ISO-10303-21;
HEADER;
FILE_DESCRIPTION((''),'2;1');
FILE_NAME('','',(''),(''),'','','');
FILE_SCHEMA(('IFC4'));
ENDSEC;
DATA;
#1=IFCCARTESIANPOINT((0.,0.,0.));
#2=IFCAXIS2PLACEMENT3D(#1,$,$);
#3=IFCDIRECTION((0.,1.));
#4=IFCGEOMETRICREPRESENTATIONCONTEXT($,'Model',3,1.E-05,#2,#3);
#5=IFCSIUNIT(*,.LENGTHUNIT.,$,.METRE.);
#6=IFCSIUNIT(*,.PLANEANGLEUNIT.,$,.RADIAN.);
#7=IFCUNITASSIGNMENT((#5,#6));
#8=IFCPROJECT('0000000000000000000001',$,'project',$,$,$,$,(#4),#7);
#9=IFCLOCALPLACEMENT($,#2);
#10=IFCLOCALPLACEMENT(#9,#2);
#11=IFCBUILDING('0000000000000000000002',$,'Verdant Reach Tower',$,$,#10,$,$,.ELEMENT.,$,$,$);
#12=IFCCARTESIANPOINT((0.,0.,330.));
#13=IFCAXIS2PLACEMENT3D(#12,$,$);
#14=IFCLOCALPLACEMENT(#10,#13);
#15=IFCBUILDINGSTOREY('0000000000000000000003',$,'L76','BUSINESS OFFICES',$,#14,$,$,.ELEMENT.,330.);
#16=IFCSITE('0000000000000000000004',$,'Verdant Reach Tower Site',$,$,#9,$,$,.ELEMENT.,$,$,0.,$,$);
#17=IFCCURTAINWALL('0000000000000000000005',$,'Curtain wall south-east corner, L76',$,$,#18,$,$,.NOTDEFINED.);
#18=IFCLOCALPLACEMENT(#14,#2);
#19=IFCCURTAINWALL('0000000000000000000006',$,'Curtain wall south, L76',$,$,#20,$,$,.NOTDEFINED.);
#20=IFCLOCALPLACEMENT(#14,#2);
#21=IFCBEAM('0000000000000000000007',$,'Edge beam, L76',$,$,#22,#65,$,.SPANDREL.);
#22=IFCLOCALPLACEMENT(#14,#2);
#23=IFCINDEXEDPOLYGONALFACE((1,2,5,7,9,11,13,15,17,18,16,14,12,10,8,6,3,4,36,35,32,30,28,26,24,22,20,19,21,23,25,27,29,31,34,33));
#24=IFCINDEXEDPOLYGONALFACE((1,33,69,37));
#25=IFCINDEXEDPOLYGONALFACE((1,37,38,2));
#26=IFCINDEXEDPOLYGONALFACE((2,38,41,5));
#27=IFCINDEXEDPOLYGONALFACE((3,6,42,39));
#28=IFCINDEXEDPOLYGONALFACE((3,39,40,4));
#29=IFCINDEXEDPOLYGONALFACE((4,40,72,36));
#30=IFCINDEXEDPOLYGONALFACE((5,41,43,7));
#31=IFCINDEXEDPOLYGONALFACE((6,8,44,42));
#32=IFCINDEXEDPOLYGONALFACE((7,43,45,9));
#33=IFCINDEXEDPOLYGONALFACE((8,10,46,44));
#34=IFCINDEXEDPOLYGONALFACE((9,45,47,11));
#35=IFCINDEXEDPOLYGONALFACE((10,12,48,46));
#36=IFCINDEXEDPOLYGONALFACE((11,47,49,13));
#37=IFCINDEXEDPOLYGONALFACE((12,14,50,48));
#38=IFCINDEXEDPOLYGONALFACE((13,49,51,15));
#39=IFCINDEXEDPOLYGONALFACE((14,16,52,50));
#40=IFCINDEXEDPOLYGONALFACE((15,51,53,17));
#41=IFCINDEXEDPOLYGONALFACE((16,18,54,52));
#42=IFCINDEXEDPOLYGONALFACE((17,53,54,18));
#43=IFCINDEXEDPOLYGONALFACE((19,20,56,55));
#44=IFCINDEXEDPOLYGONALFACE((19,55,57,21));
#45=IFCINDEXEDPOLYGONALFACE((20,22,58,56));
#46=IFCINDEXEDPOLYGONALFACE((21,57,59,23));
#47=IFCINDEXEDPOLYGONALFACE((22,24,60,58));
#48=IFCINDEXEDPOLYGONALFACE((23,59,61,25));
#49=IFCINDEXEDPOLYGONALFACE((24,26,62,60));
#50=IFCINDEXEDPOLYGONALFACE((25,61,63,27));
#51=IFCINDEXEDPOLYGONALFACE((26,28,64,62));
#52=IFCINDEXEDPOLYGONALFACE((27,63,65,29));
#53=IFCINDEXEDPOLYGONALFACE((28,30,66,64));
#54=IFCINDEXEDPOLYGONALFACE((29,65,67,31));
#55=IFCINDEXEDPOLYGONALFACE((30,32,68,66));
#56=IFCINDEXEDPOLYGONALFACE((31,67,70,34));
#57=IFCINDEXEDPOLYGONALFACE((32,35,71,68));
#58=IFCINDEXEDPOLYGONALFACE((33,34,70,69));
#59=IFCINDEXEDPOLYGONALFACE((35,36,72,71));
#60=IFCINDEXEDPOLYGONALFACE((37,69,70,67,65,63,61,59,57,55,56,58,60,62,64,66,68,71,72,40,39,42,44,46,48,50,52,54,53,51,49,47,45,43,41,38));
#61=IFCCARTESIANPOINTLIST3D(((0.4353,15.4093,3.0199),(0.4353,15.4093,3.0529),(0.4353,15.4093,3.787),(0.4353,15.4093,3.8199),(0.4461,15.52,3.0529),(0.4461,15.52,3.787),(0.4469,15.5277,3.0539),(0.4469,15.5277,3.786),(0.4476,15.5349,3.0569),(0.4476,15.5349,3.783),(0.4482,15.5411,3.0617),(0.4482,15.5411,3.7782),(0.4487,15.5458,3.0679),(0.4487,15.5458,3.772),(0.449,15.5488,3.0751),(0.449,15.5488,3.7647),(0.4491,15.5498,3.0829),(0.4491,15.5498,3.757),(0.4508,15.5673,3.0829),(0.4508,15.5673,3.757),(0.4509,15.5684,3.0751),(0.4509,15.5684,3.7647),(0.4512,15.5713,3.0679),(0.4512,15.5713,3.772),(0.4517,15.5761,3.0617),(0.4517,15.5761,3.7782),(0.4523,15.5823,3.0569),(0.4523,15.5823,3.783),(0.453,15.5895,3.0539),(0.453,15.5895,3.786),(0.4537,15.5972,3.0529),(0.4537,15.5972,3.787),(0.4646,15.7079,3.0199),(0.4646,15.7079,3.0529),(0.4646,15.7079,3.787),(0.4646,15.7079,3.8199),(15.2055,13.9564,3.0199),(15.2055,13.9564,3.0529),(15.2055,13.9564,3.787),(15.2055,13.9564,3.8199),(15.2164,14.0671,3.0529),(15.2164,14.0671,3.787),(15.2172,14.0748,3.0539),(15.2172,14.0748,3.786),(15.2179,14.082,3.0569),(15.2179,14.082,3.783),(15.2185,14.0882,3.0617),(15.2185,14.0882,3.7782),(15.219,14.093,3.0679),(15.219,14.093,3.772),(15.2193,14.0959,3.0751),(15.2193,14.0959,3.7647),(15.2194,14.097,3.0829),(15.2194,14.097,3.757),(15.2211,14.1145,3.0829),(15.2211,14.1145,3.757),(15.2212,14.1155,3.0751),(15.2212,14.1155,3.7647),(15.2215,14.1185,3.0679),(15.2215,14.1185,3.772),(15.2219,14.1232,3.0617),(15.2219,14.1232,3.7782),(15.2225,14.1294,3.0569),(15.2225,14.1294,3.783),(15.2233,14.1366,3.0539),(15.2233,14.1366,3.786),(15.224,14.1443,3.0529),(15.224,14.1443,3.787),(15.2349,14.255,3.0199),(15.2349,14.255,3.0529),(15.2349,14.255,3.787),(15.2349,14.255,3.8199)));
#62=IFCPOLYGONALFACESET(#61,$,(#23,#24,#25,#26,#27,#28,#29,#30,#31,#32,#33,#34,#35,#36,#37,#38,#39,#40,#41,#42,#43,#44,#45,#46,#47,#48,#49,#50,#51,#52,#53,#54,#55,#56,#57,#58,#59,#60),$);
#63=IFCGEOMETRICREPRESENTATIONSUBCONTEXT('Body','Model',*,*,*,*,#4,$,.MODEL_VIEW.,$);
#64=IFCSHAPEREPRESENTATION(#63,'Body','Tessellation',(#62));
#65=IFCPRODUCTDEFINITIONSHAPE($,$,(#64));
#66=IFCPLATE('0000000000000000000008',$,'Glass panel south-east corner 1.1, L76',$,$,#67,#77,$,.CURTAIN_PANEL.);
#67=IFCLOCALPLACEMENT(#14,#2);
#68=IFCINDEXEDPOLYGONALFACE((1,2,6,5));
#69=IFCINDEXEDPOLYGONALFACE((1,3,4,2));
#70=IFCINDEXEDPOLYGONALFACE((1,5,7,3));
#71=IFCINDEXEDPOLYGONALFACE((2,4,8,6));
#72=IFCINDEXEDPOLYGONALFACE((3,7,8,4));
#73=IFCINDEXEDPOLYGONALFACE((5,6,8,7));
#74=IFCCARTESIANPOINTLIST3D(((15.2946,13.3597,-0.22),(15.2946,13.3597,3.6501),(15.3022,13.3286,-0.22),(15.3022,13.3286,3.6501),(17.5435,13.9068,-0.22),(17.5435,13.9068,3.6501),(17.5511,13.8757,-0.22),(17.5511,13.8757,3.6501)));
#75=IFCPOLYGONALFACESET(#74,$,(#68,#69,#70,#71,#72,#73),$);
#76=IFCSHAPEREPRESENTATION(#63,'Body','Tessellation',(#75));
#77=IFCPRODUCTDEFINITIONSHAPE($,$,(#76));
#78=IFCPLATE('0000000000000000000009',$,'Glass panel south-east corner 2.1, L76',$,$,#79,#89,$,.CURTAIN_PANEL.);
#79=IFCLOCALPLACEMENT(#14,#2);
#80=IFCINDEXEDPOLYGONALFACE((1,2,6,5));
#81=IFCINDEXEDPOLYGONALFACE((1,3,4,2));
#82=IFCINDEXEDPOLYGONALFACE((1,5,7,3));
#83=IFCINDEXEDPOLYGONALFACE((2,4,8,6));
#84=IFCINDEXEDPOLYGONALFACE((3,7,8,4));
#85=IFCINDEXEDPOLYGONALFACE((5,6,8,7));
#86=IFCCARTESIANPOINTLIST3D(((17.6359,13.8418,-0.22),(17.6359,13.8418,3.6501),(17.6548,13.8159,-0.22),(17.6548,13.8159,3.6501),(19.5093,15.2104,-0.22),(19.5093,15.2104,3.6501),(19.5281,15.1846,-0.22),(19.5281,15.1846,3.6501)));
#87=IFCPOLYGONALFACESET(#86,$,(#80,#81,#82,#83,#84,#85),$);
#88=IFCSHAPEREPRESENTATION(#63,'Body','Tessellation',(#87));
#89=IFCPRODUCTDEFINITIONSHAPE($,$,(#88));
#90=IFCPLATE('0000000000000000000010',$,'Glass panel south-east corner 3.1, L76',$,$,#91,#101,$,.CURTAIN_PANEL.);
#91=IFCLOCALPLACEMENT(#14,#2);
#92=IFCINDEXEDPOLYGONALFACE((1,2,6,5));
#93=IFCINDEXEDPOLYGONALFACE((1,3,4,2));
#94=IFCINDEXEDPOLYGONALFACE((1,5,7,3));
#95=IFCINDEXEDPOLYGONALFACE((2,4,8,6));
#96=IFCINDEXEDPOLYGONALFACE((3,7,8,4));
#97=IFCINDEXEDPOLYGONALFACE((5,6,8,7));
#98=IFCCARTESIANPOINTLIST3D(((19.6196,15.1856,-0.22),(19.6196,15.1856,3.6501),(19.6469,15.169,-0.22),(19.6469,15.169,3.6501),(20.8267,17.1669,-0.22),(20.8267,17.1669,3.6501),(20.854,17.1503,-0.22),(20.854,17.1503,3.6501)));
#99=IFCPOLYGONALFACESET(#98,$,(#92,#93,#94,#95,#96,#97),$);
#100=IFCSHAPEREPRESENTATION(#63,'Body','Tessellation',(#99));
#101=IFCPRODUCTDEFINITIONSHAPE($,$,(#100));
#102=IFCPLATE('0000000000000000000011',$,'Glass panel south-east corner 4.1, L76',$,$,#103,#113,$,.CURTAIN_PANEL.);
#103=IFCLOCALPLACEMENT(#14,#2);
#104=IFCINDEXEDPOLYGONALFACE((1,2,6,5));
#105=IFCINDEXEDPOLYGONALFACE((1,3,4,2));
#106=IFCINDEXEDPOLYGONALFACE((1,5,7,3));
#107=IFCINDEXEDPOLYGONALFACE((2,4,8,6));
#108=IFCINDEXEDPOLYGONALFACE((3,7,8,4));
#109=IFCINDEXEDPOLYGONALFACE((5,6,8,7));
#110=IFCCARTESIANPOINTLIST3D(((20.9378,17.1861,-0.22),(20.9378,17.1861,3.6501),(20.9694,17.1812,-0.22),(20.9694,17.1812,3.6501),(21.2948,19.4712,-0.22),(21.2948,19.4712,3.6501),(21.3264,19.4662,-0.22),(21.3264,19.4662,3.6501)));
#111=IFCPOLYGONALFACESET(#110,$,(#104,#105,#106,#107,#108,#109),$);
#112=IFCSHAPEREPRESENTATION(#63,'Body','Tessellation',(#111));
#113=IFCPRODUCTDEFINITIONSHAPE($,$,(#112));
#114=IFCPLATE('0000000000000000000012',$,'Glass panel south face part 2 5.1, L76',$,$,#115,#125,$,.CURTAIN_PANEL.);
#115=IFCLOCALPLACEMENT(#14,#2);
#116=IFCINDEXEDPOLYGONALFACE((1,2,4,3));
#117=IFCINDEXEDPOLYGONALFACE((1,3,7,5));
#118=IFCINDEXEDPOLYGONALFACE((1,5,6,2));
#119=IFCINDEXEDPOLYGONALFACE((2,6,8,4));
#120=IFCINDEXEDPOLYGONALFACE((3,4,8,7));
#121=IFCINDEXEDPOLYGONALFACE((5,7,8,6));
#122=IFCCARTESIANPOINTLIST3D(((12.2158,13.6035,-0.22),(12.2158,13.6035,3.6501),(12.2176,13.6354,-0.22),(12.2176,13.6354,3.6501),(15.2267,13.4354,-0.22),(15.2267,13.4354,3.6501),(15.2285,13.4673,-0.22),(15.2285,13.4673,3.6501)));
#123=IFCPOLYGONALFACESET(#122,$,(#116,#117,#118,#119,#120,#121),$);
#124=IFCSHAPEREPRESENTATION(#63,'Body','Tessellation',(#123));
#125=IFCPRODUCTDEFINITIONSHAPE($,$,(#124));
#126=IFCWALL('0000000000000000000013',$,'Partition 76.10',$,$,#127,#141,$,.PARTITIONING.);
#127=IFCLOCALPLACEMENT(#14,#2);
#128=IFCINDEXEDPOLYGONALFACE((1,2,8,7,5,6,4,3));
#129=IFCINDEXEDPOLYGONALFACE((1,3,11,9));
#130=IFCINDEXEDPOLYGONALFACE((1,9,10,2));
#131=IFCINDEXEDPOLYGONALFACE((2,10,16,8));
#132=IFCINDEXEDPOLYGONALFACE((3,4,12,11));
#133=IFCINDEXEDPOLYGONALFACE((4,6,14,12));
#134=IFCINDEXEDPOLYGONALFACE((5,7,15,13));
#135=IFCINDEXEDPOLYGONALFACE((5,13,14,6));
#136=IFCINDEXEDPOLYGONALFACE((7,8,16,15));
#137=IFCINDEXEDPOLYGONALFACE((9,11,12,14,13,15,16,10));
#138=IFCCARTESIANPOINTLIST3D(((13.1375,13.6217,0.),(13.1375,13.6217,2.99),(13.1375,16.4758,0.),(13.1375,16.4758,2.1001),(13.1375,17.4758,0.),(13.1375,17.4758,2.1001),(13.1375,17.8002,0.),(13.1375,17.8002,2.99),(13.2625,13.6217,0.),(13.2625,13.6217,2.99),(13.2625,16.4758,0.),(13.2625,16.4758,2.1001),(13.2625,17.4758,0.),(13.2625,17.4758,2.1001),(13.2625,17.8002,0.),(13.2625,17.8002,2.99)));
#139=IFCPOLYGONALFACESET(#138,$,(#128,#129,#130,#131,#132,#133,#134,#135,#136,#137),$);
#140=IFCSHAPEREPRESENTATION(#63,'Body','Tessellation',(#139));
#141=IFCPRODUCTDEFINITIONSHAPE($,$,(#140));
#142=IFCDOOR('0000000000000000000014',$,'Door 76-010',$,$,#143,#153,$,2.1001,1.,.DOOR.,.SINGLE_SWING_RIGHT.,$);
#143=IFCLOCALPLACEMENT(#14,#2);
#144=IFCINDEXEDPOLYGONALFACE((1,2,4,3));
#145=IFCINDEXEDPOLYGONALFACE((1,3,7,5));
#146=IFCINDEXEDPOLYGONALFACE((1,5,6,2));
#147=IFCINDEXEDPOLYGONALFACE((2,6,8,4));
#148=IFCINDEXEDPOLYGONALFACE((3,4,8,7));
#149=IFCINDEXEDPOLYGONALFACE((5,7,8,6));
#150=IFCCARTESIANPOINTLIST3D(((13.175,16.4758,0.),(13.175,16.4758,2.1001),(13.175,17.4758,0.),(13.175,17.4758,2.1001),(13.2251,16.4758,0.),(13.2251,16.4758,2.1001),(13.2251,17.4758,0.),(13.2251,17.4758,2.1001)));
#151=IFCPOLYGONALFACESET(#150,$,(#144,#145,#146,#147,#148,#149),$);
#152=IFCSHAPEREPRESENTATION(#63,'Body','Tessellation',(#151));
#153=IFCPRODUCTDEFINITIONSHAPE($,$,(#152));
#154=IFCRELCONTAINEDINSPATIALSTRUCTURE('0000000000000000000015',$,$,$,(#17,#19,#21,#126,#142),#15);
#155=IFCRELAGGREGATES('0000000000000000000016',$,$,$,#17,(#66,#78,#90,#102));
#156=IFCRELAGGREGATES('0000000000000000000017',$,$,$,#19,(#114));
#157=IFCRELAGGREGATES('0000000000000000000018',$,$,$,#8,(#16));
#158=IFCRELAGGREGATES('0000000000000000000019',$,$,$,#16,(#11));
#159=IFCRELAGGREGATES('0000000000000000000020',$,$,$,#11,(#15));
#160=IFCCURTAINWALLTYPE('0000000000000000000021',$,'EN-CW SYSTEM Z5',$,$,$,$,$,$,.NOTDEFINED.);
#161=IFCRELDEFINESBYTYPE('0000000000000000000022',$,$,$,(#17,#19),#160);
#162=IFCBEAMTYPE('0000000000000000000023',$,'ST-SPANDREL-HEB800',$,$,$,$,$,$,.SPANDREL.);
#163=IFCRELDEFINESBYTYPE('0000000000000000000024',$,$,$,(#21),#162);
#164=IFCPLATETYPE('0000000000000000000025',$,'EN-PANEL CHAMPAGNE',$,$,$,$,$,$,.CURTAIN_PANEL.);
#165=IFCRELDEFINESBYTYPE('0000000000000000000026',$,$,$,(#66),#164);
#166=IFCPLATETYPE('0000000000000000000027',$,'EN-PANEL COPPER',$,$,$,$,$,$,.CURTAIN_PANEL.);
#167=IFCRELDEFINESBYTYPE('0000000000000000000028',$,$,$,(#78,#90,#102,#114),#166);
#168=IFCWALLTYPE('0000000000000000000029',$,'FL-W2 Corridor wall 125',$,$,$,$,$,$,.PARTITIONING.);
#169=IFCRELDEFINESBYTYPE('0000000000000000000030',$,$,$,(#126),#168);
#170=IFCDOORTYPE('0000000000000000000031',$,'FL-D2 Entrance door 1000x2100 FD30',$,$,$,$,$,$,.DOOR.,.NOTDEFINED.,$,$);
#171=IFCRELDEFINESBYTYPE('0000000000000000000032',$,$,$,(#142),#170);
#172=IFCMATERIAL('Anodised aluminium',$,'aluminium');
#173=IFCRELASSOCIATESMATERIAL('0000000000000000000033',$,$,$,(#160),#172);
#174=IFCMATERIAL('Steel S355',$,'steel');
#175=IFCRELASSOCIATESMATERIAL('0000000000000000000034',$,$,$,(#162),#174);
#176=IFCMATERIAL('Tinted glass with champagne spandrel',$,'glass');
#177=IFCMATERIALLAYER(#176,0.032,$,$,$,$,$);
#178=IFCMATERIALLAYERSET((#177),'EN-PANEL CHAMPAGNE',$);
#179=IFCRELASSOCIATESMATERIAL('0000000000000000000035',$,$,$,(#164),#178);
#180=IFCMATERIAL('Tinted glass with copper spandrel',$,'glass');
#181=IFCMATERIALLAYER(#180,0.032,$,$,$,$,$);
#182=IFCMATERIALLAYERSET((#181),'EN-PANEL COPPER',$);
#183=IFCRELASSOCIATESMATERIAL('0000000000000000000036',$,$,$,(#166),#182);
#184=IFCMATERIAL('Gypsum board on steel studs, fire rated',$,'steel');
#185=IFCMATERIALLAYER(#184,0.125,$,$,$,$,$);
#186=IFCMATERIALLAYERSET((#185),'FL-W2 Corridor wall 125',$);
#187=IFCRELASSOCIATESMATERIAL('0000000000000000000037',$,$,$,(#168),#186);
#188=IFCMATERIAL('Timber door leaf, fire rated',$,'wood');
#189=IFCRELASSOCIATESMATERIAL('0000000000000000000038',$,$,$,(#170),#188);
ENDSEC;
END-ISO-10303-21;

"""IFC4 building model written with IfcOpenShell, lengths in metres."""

from ifc_helpers import new_model, si_unit, direction, frame, frame_2d, origin, origin_2d, place, context, subcontext, project, spatial, rectangle, i_section, extrude, material, layer, layer_set, material_profile, profile_set, type_object, element, fill, aggregate, save


model = new_model("IFC4")

# Units and contexts
model_context = context("Model", 3, precision=1e-05, world=origin(), true_north=direction((0.0, 1.0)))
body_context = subcontext(model_context, "Body", "Model", "MODEL_VIEW")
ifc_project = project(units=[si_unit("LENGTHUNIT", "METRE"), si_unit("PLANEANGLEUNIT", "RADIAN")], contexts=[model_context])

# Site, building, storey
site_placement = place(None, origin())
site = spatial("IfcSite", under=ifc_project, at=site_placement, Name="Verdant Reach Tower Site", CompositionType="ELEMENT", RefElevation=0.0)
building_placement = place(site_placement, origin())
building = spatial("IfcBuilding", under=site, at=building_placement, Name="Verdant Reach Tower", CompositionType="ELEMENT")
storey_placement = place(building_placement, frame((0.0, 0.0, 330.0)))
storey = spatial("IfcBuildingStorey", under=building, at=storey_placement, Name="L76", Description="BUSINESS OFFICES", CompositionType="ELEMENT", Elevation=330.0)

# Curtain wall
ifc_material_1 = material(Name="Anodised aluminium", Category="aluminium")
curtain_wall_type = type_object("IfcCurtainWallType", Name="EN-CW SYSTEM Z5", PredefinedType="NOTDEFINED", material=ifc_material_1)
curtain_wall_1_placement = place(storey_placement, origin())
curtain_wall_1 = element("IfcCurtainWall", 1, at=curtain_wall_1_placement, inside=storey, type_object=curtain_wall_type, Name="Curtain wall south-east corner, L76", PredefinedType="NOTDEFINED")

# Curtain wall
curtain_wall_2_placement = place(storey_placement, origin())
curtain_wall_2 = element("IfcCurtainWall", 2, at=curtain_wall_2_placement, inside=storey, type_object=curtain_wall_type, Name="Curtain wall south, L76", PredefinedType="NOTDEFINED")

# Beam
ifc_material_2 = material(Name="Steel S355", Category="steel")
ifc_material_profile_1 = material_profile(ifc_material_2, i_section(OverallWidth=0.3, OverallDepth=0.8, WebThickness=0.0176, FlangeThickness=0.033, FilletRadius=0.03, at=origin_2d()), Name="HEB 800")
ifc_profile_set_1 = profile_set([ifc_material_profile_1], Name="Steel S355")
beam_type_1 = type_object("IfcBeamType", Name="ST-SPANDREL-HEB800", PredefinedType="SPANDREL", material=ifc_profile_set_1)
beam_1_placement = place(storey_placement, frame((15.2202, 14.1057, 3.4199), z_axis=(-0.995197, 0.097893, 0.0), x_axis=(-0.097893, -0.995197, 0.0)))
element("IfcBeam", 3, at=beam_1_placement, inside=storey, type_object=beam_type_1, Name="Edge beam, L76", PredefinedType="SPANDREL", context=body_context, shape_type="SweptSolid", body=[
    extrude(i_section(OverallWidth=0.3, OverallDepth=0.8, WebThickness=0.0176, FlangeThickness=0.033, FilletRadius=0.03, at=origin_2d()), origin(), (0.0, 0.0, 1.0), 14.8416),
])

# Plates
ifc_material_3 = material(Name="Tinted glass with champagne spandrel", Category="glass")
ifc_layer_1 = layer(ifc_material_3, 0.032)
ifc_layer_set_1 = layer_set([ifc_layer_1], Name="EN-PANEL CHAMPAGNE")
plate_type_1 = type_object("IfcPlateType", Name="EN-PANEL CHAMPAGNE", PredefinedType="CURTAIN_PANEL", material=ifc_layer_set_1)
plate_1_placement = place(storey_placement, frame((16.4229, 13.6177, -0.22), z_axis=(0.0, 0.0, 1.0), x_axis=(0.971662, 0.236376, 0.0)))
plate_1 = element("IfcPlate", 4, at=plate_1_placement, type_object=plate_type_1, Name="Glass panel south-east corner 1.1, L76", PredefinedType="CURTAIN_PANEL", context=body_context, shape_type="SweptSolid", body=[
    extrude(rectangle(XDim=2.3145, YDim=0.032, at=origin_2d()), origin(), (0.0, 0.0, 1.0), 3.8701),
])
ifc_material_4 = material(Name="Tinted glass with copper spandrel", Category="glass")
ifc_layer_2 = layer(ifc_material_4, 0.032)
ifc_layer_set_2 = layer_set([ifc_layer_2], Name="EN-PANEL COPPER")
plate_type_2 = type_object("IfcPlateType", Name="EN-PANEL COPPER", PredefinedType="CURTAIN_PANEL", material=ifc_layer_set_2)
plate_2_placement = place(storey_placement, frame((18.582, 14.5132, -0.22), z_axis=(0.0, 0.0, 1.0), x_axis=(0.807457, 0.589927, 0.0)))
plate_2 = element("IfcPlate", 5, at=plate_2_placement, type_object=plate_type_2, Name="Glass panel south-east corner 2.1, L76", PredefinedType="CURTAIN_PANEL", context=body_context, shape_type="SweptSolid", body=[
    extrude(rectangle(XDim=2.3201, YDim=0.032, at=origin_2d()), origin(), (0.0, 0.0, 1.0), 3.8701),
])
plate_3_placement = place(storey_placement, frame((20.2368, 16.168, -0.22), z_axis=(0.0, 0.0, 1.0), x_axis=(0.520292, 0.853989, 0.0)))
plate_3 = element("IfcPlate", 6, at=plate_3_placement, type_object=plate_type_2, Name="Glass panel south-east corner 3.1, L76", PredefinedType="CURTAIN_PANEL", context=body_context, shape_type="SweptSolid", body=[
    extrude(rectangle(XDim=2.3201, YDim=0.032, at=origin_2d()), origin(), (0.0, 0.0, 1.0), 3.8701),
])
plate_4_placement = place(storey_placement, frame((21.1321, 18.3262, -0.22), z_axis=(0.0, 0.0, 1.0), x_axis=(0.154337, 0.988018, 0.0)))
plate_4 = element("IfcPlate", 7, at=plate_4_placement, type_object=plate_type_2, Name="Glass panel south-east corner 4.1, L76", PredefinedType="CURTAIN_PANEL", context=body_context, shape_type="SweptSolid", body=[
    extrude(rectangle(XDim=2.3127, YDim=0.032, at=origin_2d()), origin(), (0.0, 0.0, 1.0), 3.8701),
])
aggregate(curtain_wall_1, [plate_1, plate_2, plate_3, plate_4])
plate_5_placement = place(storey_placement, frame((13.7222, 13.5354, -0.22), z_axis=(0.0, 0.0, 1.0), x_axis=(0.998446, -0.055725, 0.0)))
plate_5 = element("IfcPlate", 8, at=plate_5_placement, type_object=plate_type_2, Name="Glass panel south face part 2 5.1, L76", PredefinedType="CURTAIN_PANEL", context=body_context, shape_type="SweptSolid", body=[
    extrude(rectangle(XDim=3.0156, YDim=0.032, at=origin_2d()), origin(), (0.0, 0.0, 1.0), 3.8701),
])
aggregate(curtain_wall_2, [plate_5])

# Wall, opening, door
ifc_material_5 = material(Name="Gypsum board on steel studs, fire rated", Category="steel")
ifc_layer_3 = layer(ifc_material_5, 0.125)
ifc_layer_set_3 = layer_set([ifc_layer_3], Name="FL-W2 Corridor wall 125")
wall_type_1 = type_object("IfcWallType", Name="FL-W2 Corridor wall 125", PredefinedType="PARTITIONING", material=ifc_layer_set_3)
wall_1_placement = place(storey_placement, frame((13.2, 13.6216, 0.0), z_axis=(0.0, 0.0, 1.0), x_axis=(0.0, 1.0, 0.0)))
wall_1 = element("IfcWall", 9, at=wall_1_placement, inside=storey, type_object=wall_type_1, Name="Partition 76.10", PredefinedType="PARTITIONING", context=body_context, shape_type="SweptSolid", body=[
    extrude(rectangle(XDim=4.1785, YDim=0.125, at=frame_2d((2.0894, 0.0))), origin(), (0.0, 0.0, 1.0), 2.99),
])
opening_1_placement = place(wall_1_placement, frame((2.8542, 0.0, 0.0)))
opening_1 = element("IfcOpeningElement", 10, at=opening_1_placement, cuts=wall_1, PredefinedType="OPENING", context=body_context, shape_type="SweptSolid", body=[
    extrude(rectangle(XDim=1.0, YDim=2.1001, at=frame_2d((0.5, 1.05))), frame((0.0, 0.0725, 0.0), z_axis=(0.0, -1.0, 0.0), x_axis=(1.0, 0.0, 0.0)), (0.0, 0.0, 1.0), 0.145),
])
ifc_material_6 = material(Name="Timber door leaf, fire rated", Category="wood")
door_type_1 = type_object("IfcDoorType", Name="FL-D2 Entrance door 1000x2100 FD30", OperationType="NOTDEFINED", PredefinedType="DOOR", material=ifc_material_6)
door_1_placement = place(opening_1_placement, origin())
door_1 = element("IfcDoor", 11, at=door_1_placement, inside=storey, type_object=door_type_1, Name="Door 76-010", OperationType="SINGLE_SWING_RIGHT", OverallHeight=2.1001, OverallWidth=1.0, PredefinedType="DOOR", context=body_context, shape_type="SweptSolid", body=[
    extrude(rectangle(XDim=1.0, YDim=2.1001, at=frame_2d((0.5, 1.05))), frame((0.0, 0.0249, 0.0), z_axis=(0.0, -1.0, 0.0), x_axis=(1.0, 0.0, 0.0)), (0.0, 0.0, 1.0), 0.05),
])
fill(opening_1, door_1)

save(model, "model.ifc")
